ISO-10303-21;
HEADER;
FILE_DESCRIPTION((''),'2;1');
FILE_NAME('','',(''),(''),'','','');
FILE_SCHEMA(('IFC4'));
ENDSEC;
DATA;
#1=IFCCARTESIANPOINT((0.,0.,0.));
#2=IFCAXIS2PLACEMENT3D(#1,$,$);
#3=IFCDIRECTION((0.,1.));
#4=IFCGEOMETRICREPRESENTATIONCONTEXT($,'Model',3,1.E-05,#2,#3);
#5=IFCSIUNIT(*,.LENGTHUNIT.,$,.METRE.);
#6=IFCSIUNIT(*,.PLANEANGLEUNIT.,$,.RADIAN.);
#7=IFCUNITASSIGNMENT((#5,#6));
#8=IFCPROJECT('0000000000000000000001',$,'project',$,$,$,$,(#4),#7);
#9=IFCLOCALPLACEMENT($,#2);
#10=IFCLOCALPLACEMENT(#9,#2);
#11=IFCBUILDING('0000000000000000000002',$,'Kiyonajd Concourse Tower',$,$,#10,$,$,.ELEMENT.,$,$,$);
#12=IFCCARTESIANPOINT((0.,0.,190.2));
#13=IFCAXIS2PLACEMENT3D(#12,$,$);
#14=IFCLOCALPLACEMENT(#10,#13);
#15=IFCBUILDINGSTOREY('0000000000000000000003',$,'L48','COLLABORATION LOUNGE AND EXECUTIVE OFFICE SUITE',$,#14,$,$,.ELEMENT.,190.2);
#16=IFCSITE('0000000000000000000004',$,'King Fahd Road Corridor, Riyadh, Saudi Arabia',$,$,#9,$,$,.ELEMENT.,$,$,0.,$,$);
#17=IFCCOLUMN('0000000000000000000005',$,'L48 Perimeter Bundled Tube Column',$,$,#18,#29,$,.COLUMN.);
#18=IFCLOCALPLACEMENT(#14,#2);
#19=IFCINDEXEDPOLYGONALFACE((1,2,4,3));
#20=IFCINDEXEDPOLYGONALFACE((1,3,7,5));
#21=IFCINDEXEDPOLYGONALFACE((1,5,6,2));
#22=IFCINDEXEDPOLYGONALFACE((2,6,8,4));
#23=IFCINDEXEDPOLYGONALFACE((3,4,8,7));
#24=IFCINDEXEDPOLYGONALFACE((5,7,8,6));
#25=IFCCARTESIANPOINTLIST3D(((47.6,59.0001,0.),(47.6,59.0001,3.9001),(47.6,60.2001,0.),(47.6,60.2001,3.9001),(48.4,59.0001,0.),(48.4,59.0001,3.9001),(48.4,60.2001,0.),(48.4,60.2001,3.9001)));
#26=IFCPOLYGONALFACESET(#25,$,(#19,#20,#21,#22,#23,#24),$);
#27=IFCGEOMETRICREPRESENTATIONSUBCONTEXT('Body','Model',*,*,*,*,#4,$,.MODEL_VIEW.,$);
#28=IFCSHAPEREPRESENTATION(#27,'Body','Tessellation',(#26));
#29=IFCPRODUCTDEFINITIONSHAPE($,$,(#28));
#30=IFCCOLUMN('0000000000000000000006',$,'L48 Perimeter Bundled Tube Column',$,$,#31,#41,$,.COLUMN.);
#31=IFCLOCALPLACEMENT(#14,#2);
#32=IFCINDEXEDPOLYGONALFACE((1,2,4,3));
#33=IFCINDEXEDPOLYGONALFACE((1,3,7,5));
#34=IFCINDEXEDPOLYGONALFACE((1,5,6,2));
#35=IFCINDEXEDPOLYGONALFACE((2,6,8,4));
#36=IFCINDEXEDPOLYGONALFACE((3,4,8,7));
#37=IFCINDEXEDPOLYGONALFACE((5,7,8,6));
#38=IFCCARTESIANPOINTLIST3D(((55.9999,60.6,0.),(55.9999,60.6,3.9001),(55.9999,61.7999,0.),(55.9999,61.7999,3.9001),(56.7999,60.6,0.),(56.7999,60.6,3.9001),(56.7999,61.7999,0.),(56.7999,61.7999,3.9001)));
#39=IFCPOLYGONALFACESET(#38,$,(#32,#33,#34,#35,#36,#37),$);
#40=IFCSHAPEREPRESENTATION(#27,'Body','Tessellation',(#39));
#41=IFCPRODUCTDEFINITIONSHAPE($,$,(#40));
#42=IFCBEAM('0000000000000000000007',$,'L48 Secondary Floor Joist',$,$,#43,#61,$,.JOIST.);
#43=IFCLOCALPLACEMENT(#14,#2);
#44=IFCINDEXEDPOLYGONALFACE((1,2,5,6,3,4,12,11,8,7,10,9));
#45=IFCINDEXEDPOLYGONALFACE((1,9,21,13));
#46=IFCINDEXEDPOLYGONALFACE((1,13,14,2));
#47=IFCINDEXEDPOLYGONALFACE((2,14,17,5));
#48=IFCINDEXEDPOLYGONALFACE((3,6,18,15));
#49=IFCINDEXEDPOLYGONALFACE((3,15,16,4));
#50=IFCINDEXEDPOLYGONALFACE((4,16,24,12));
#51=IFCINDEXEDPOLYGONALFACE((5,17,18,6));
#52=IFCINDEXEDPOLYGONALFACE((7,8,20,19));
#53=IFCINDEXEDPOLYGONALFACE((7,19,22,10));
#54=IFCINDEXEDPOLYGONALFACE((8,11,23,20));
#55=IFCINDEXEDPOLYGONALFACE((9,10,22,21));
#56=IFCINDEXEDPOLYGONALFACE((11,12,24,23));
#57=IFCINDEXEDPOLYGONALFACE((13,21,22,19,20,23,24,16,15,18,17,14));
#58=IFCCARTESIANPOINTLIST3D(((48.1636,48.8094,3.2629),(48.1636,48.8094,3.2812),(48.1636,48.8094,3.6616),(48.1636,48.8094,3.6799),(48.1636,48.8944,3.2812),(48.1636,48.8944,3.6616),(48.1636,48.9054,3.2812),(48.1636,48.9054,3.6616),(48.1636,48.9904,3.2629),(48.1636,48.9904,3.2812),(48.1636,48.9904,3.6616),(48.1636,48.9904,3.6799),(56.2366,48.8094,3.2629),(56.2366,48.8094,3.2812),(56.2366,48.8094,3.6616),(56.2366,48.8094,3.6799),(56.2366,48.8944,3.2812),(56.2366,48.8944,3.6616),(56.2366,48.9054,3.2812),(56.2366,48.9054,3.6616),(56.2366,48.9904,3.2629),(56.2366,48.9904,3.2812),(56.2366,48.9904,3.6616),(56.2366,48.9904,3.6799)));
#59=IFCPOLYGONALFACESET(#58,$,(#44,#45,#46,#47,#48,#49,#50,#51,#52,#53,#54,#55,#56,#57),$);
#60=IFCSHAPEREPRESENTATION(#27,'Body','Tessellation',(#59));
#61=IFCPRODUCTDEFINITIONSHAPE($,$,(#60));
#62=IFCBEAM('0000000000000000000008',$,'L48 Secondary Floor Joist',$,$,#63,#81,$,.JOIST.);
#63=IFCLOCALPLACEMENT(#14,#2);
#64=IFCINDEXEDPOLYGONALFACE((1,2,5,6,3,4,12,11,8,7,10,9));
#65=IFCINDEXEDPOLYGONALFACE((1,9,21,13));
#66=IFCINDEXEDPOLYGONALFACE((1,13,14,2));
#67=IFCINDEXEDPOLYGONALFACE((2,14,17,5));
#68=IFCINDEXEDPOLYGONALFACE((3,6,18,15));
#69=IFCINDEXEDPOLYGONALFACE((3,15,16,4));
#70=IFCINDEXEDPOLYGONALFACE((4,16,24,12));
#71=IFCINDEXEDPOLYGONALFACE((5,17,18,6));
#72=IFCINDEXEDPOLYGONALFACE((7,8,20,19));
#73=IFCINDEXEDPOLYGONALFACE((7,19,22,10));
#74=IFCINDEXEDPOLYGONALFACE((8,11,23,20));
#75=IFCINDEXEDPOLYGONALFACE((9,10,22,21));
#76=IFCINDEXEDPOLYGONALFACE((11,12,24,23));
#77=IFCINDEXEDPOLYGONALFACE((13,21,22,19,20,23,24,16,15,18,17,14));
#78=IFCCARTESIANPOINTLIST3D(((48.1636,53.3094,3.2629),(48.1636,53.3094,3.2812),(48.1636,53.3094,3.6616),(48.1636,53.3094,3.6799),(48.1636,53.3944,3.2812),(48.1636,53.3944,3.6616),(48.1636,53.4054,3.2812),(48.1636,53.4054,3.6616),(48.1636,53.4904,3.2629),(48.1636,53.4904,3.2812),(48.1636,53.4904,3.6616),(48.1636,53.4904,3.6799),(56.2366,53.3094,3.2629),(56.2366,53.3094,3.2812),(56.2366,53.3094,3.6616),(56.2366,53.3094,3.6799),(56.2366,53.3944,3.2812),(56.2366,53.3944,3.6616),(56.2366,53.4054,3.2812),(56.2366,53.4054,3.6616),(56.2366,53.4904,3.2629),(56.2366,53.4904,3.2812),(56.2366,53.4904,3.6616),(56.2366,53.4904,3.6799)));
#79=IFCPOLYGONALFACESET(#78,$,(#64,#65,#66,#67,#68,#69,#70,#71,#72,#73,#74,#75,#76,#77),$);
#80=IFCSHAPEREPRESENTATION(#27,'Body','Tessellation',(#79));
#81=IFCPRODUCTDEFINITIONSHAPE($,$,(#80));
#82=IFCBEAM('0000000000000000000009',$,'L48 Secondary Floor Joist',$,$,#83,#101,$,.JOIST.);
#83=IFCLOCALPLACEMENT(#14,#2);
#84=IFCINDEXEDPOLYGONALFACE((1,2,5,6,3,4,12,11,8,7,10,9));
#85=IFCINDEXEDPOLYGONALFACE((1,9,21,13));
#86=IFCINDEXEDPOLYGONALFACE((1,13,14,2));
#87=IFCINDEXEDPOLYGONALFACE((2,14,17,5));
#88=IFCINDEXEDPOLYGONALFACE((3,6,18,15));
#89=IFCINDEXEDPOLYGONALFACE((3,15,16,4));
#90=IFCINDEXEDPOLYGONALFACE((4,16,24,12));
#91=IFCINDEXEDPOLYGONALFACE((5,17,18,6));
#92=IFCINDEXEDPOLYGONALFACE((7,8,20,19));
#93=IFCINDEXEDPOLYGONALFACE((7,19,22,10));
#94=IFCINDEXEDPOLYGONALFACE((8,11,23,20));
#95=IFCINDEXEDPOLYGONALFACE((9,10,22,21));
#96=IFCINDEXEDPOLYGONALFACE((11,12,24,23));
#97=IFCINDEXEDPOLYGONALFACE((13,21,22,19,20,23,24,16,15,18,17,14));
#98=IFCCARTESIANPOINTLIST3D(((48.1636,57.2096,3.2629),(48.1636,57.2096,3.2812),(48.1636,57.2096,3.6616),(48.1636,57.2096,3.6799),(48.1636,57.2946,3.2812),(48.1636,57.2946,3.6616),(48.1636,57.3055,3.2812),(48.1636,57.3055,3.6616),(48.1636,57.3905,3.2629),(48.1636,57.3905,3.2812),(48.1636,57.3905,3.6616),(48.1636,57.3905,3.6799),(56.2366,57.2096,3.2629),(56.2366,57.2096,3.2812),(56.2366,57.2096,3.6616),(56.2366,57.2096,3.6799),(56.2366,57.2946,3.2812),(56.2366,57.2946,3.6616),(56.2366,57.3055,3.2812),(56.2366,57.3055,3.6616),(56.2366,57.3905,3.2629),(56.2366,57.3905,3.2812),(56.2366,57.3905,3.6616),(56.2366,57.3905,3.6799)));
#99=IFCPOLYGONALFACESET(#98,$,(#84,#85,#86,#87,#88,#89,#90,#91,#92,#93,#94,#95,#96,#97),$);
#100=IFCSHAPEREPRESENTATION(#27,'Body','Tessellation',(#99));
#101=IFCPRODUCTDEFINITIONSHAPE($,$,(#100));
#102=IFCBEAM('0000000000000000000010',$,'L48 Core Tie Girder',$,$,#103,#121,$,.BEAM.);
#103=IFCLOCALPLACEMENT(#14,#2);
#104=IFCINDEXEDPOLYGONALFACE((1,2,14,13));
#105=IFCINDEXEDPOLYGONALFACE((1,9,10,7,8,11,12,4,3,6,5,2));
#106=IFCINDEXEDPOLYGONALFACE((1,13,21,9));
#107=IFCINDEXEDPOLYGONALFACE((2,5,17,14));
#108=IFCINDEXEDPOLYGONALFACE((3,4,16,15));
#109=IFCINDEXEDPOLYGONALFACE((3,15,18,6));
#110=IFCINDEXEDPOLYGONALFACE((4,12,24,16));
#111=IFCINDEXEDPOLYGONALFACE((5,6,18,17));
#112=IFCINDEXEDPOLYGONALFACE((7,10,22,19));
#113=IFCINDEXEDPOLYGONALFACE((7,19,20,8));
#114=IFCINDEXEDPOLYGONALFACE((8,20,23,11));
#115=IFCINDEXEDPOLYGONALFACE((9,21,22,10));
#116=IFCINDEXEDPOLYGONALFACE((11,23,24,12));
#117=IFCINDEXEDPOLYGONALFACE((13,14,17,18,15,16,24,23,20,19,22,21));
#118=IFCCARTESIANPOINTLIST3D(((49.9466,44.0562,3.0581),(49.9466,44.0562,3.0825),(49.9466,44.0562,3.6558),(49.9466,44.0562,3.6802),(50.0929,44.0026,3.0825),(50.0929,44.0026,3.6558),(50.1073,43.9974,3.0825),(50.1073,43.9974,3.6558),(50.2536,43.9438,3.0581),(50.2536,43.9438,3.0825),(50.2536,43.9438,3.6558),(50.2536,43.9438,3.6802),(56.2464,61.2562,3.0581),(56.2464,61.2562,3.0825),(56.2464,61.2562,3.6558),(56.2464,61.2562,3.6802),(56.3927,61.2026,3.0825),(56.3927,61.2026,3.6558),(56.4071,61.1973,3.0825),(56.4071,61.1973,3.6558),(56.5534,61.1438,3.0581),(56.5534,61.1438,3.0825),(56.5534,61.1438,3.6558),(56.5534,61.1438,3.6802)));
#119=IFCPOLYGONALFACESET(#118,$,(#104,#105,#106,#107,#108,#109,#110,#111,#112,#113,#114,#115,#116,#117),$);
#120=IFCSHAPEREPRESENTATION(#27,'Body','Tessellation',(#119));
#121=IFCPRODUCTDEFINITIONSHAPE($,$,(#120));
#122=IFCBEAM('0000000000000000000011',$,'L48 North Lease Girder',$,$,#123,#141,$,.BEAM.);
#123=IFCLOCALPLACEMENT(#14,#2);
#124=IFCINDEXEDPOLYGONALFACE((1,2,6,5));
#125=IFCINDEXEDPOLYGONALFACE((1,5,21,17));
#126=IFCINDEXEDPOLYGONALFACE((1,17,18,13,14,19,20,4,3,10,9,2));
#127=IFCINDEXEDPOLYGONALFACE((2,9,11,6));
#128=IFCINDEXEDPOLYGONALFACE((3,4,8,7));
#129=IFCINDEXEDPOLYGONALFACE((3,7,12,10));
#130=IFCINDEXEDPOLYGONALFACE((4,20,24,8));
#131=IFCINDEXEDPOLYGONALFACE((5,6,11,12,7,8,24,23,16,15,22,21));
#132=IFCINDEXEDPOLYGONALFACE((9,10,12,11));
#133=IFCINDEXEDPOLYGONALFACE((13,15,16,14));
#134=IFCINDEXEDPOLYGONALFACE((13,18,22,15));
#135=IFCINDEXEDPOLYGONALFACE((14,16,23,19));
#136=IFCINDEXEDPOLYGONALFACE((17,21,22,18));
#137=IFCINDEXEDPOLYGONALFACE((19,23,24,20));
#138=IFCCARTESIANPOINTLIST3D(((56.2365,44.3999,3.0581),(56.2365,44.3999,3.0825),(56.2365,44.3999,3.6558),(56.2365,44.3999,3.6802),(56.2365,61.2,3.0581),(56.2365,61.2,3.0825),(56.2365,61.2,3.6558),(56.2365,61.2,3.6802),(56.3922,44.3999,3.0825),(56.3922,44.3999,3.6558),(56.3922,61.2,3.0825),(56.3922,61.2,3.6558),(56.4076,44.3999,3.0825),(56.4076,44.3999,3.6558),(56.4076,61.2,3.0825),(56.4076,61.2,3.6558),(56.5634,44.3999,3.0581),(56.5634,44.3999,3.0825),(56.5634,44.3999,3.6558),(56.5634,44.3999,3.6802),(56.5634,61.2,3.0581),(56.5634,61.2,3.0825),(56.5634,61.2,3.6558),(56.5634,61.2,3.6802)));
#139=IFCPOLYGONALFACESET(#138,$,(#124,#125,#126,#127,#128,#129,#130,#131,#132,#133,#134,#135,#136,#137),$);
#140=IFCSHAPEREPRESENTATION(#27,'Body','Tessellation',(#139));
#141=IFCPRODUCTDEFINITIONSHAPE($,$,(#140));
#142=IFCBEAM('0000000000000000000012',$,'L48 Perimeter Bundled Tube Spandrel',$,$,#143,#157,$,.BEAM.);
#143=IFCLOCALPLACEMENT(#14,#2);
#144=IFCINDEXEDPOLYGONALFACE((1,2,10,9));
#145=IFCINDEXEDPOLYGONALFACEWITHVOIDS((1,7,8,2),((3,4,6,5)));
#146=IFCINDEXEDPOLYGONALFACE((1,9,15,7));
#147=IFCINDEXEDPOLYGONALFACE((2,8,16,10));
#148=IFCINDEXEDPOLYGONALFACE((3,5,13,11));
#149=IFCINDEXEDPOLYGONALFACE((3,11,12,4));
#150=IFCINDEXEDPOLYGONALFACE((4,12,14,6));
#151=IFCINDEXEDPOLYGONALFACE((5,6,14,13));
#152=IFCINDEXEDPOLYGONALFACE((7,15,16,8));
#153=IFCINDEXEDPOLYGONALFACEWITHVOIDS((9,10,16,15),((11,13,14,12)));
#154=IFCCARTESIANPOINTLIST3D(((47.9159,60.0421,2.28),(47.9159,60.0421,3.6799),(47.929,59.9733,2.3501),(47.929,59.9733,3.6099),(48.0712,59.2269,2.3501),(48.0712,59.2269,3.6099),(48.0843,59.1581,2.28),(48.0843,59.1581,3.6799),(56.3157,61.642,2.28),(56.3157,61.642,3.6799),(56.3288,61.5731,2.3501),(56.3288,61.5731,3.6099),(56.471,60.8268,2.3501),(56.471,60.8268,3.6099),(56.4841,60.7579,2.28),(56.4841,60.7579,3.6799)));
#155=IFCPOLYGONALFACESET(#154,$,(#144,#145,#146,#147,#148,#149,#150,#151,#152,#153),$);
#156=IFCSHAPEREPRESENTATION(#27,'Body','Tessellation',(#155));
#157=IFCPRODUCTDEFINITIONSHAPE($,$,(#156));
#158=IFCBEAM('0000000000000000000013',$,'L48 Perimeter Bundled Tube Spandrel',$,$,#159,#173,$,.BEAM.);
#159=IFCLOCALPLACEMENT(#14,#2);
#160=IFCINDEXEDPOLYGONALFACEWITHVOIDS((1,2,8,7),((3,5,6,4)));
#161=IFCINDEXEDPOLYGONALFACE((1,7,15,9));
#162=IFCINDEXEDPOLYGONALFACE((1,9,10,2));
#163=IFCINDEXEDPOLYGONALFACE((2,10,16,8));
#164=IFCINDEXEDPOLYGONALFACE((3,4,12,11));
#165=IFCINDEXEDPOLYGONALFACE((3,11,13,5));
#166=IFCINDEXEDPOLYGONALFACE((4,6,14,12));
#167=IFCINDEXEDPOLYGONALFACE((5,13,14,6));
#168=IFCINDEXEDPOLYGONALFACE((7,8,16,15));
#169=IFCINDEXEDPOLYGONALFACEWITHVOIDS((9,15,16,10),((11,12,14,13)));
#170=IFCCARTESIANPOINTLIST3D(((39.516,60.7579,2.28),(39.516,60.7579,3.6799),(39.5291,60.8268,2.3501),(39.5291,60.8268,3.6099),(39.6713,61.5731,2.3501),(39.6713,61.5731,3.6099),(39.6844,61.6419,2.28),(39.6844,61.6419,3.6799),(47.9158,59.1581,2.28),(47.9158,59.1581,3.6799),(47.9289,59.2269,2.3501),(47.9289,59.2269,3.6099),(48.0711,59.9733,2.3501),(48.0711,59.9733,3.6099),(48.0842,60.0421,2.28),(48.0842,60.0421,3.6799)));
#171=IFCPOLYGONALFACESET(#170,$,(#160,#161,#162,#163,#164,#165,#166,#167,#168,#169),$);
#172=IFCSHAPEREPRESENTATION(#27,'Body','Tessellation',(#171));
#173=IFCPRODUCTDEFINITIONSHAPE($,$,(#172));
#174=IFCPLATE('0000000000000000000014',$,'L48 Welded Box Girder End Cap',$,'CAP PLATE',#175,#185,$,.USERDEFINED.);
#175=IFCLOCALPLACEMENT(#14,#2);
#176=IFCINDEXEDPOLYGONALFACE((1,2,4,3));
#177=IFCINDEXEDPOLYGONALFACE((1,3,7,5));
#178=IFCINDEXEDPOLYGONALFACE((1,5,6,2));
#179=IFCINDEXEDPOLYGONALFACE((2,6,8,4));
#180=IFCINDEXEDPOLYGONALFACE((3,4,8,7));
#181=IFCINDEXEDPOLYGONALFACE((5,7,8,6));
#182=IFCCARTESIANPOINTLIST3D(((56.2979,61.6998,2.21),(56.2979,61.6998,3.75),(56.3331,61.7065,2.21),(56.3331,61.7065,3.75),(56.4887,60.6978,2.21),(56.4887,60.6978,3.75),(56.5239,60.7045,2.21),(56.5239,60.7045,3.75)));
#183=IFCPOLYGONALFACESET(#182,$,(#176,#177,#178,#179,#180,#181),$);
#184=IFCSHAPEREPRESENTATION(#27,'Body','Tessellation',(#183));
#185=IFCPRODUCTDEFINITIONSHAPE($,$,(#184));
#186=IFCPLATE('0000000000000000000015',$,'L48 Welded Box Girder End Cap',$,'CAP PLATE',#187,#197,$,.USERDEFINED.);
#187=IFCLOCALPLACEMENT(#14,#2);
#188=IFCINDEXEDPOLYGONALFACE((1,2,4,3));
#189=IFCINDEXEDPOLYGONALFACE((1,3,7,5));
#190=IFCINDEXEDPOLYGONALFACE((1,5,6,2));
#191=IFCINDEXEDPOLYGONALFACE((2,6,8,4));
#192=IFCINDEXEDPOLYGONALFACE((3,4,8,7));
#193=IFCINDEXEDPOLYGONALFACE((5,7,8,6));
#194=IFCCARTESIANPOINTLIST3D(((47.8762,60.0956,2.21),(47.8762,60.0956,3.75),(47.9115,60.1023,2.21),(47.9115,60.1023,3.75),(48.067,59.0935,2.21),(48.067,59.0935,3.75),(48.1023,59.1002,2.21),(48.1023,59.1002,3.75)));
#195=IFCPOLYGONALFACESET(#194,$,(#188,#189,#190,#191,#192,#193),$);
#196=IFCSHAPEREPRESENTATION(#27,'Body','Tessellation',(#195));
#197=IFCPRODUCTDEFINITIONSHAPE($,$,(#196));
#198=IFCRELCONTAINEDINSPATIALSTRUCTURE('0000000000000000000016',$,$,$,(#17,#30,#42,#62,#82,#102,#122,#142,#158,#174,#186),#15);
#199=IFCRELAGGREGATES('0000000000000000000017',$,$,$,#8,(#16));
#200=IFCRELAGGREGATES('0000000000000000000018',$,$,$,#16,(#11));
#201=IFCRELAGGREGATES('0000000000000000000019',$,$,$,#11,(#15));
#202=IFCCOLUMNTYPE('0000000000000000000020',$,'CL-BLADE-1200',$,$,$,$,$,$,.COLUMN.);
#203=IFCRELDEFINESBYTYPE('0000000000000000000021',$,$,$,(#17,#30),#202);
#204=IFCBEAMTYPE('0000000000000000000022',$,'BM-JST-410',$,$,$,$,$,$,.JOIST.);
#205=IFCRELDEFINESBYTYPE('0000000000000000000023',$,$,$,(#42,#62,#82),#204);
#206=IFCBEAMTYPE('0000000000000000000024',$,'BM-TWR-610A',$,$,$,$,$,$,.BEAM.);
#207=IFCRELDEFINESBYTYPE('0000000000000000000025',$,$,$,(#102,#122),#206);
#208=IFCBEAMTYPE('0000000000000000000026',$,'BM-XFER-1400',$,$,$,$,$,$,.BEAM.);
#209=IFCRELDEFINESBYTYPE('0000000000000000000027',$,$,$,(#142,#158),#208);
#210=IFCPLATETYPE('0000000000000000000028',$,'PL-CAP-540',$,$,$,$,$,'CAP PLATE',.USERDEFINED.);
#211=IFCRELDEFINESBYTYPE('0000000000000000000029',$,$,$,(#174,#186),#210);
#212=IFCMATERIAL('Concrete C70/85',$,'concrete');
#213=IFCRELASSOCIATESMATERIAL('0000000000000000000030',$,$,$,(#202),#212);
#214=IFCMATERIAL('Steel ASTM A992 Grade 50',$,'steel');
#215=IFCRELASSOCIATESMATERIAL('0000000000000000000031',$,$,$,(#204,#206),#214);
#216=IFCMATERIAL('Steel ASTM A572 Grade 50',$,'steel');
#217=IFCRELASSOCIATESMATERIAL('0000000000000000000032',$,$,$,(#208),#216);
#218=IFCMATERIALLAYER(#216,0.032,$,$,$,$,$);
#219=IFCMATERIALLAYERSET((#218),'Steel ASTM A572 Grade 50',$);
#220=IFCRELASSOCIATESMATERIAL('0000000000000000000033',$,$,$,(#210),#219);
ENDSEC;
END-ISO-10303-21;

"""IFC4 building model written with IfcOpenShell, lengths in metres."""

from ifc_helpers import new_model, si_unit, direction, frame, origin, origin_2d, place, context, subcontext, project, spatial, rectangle, hollow_rectangle, i_section, extrude, material, layer, layer_set, material_profile, profile_set, type_object, element, save


model = new_model("IFC4")

# Units and contexts
model_context = context("Model", 3, precision=1e-05, world=origin(), true_north=direction((0.0, 1.0)))
body_context = subcontext(model_context, "Body", "Model", "MODEL_VIEW")
ifc_project = project(units=[si_unit("LENGTHUNIT", "METRE"), si_unit("PLANEANGLEUNIT", "RADIAN")], contexts=[model_context])

# Site, building, storey
site_placement = place(None, origin())
site = spatial("IfcSite", under=ifc_project, at=site_placement, Name="King Fahd Road Corridor, Riyadh, Saudi Arabia", CompositionType="ELEMENT", RefElevation=0.0)
building_placement = place(site_placement, origin())
building = spatial("IfcBuilding", under=site, at=building_placement, Name="Kiyonajd Concourse Tower", CompositionType="ELEMENT")
storey_placement = place(building_placement, frame((0.0, 0.0, 190.2)))
storey = spatial("IfcBuildingStorey", under=building, at=storey_placement, Name="L48", Description="COLLABORATION LOUNGE AND EXECUTIVE OFFICE SUITE", CompositionType="ELEMENT", Elevation=190.2)

# Columns
ifc_material_1 = material(Name="Concrete C70/85", Category="concrete")
ifc_material_profile_1 = material_profile(ifc_material_1, rectangle(XDim=0.8, YDim=1.2, at=origin_2d()), Name="RC-1200x800")
ifc_profile_set_1 = profile_set([ifc_material_profile_1], Name="Concrete C70/85")
column_type = type_object("IfcColumnType", Name="CL-BLADE-1200", PredefinedType="COLUMN", material=ifc_profile_set_1)
for number, where, z_axis, x_axis, name in (
    (1, (48.0, 59.6001, 0.0), (0.0, 0.0, 1.0), (1.0, 0.0, 0.0), "L48 Perimeter Bundled Tube Column"),
    (2, (56.3999, 61.2, 0.0), (0.0, 0.0, 1.0), (1.0, 0.0, 0.0), "L48 Perimeter Bundled Tube Column"),
):
    element("IfcColumn", number, at=place(storey_placement, frame(where, z_axis=z_axis, x_axis=x_axis)), inside=storey, type_object=column_type, Name=name, PredefinedType="COLUMN", context=body_context, shape_type="SweptSolid", body=[
        extrude(rectangle(XDim=0.8, YDim=1.2, at=origin_2d()), origin(), (0.0, 0.0, 1.0), 3.9001),
    ])

# Beams
ifc_material_2 = material(Name="Steel ASTM A992 Grade 50", Category="steel")
ifc_material_profile_2 = material_profile(ifc_material_2, i_section(OverallWidth=0.1809, OverallDepth=0.417, WebThickness=0.011, FlangeThickness=0.0183, at=origin_2d()), Name="W410X85")
ifc_profile_set_2 = profile_set([ifc_material_profile_2], Name="Steel ASTM A992 Grade 50")
beam_type_1 = type_object("IfcBeamType", Name="BM-JST-410", PredefinedType="JOIST", material=ifc_profile_set_2)
for number, where, z_axis, x_axis, name in (
    (3, (48.1636, 48.8999, 3.4714), (1.0, 0.0, 0.0), (0.0, 1.0, 0.0), "L48 Secondary Floor Joist"),
    (4, (48.1636, 53.3999, 3.4714), (1.0, 0.0, 0.0), (0.0, 1.0, 0.0), "L48 Secondary Floor Joist"),
    (5, (48.1636, 57.3, 3.4714), (1.0, 0.0, 0.0), (0.0, 1.0, 0.0), "L48 Secondary Floor Joist"),
):
    element("IfcBeam", number, at=place(storey_placement, frame(where, z_axis=z_axis, x_axis=x_axis)), inside=storey, type_object=beam_type_1, Name=name, PredefinedType="JOIST", context=body_context, shape_type="SweptSolid", body=[
        extrude(i_section(OverallWidth=0.1809, OverallDepth=0.417, WebThickness=0.011, FlangeThickness=0.0183, at=origin_2d()), origin(), (0.0, 0.0, 1.0), 8.073),
    ])
ifc_material_profile_3 = material_profile(ifc_material_2, i_section(OverallWidth=0.3269, OverallDepth=0.6221, WebThickness=0.0154, FlangeThickness=0.0244, at=origin_2d()), Name="W610X195")
ifc_profile_set_3 = profile_set([ifc_material_profile_3], Name="Steel ASTM A992 Grade 50")
beam_type_2 = type_object("IfcBeamType", Name="BM-TWR-610A", PredefinedType="BEAM", material=ifc_profile_set_3)
beam_1_placement = place(storey_placement, frame((50.1001, 44.0, 3.3691), z_axis=(0.343925, 0.938997, 0.0), x_axis=(-0.938997, 0.343925, 0.0)))
element("IfcBeam", 6, at=beam_1_placement, inside=storey, type_object=beam_type_2, Name="L48 Core Tie Girder", PredefinedType="BEAM", context=body_context, shape_type="SweptSolid", body=[
    extrude(i_section(OverallWidth=0.3269, OverallDepth=0.6221, WebThickness=0.0154, FlangeThickness=0.0244, at=origin_2d()), origin(), (0.0, 0.0, 1.0), 18.3174),
])
beam_2_placement = place(storey_placement, frame((56.3999, 44.3999, 3.3691), z_axis=(0.0, 1.0, 0.0), x_axis=(-1.0, 0.0, 0.0)))
element("IfcBeam", 7, at=beam_2_placement, inside=storey, type_object=beam_type_2, Name="L48 North Lease Girder", PredefinedType="BEAM", context=body_context, shape_type="SweptSolid", body=[
    extrude(i_section(OverallWidth=0.3269, OverallDepth=0.6221, WebThickness=0.0154, FlangeThickness=0.0244, at=origin_2d()), origin(), (0.0, 0.0, 1.0), 16.8),
])
ifc_material_3 = material(Name="Steel ASTM A572 Grade 50", Category="steel")
ifc_material_profile_4 = material_profile(ifc_material_3, hollow_rectangle(XDim=0.8999, YDim=1.3999, WallThickness=0.0701, at=origin_2d()), Name="BOX-1400x900x70")
ifc_profile_set_4 = profile_set([ifc_material_profile_4], Name="Steel ASTM A572 Grade 50")
beam_type_3 = type_object("IfcBeamType", Name="BM-XFER-1400", PredefinedType="BEAM", material=ifc_profile_set_4)
for number, where, z_axis, x_axis, name in (
    (8, (56.3999, 61.2, 2.98), (-0.982341, -0.187098, 0.0), (0.187098, -0.982341, 0.0), "L48 Perimeter Bundled Tube Spandrel"),
    (9, (48.0, 59.6001, 2.98), (-0.982341, 0.187098, 0.0), (-0.187098, -0.982341, 0.0), "L48 Perimeter Bundled Tube Spandrel"),
):
    element("IfcBeam", number, at=place(storey_placement, frame(where, z_axis=z_axis, x_axis=x_axis)), inside=storey, type_object=beam_type_3, Name=name, PredefinedType="BEAM", context=body_context, shape_type="SweptSolid", body=[
        extrude(hollow_rectangle(XDim=0.8999, YDim=1.3999, WallThickness=0.0701, at=origin_2d()), origin(), (0.0, 0.0, 1.0), 8.5508),
    ])

# Plates
ifc_layer_1 = layer(ifc_material_3, 0.032)
ifc_layer_set_1 = layer_set([ifc_layer_1], Name="Steel ASTM A572 Grade 50")
plate_type_1 = type_object("IfcPlateType", Name="PL-CAP-540", ElementType="CAP PLATE", PredefinedType="USERDEFINED", material=ifc_layer_set_1)
for number, where, z_axis, x_axis, name in (
    (10, (56.4109, 61.2021, 2.21), (0.0, 0.0, 1.0), (0.982353, 0.187038, 0.0), "L48 Welded Box Girder End Cap"),
    (11, (47.9893, 59.5979, 2.21), (0.0, 0.0, 1.0), (-0.982353, -0.187038, 0.0), "L48 Welded Box Girder End Cap"),
):
    element("IfcPlate", number, at=place(storey_placement, frame(where, z_axis=z_axis, x_axis=x_axis)), inside=storey, type_object=plate_type_1, Name=name, ObjectType="CAP PLATE", PredefinedType="USERDEFINED", context=body_context, shape_type="SweptSolid", body=[
        extrude(rectangle(XDim=0.0359, YDim=1.02, at=origin_2d()), origin(), (0.0, 0.0, 1.0), 1.54),
    ])

save(model, "model.ifc")
